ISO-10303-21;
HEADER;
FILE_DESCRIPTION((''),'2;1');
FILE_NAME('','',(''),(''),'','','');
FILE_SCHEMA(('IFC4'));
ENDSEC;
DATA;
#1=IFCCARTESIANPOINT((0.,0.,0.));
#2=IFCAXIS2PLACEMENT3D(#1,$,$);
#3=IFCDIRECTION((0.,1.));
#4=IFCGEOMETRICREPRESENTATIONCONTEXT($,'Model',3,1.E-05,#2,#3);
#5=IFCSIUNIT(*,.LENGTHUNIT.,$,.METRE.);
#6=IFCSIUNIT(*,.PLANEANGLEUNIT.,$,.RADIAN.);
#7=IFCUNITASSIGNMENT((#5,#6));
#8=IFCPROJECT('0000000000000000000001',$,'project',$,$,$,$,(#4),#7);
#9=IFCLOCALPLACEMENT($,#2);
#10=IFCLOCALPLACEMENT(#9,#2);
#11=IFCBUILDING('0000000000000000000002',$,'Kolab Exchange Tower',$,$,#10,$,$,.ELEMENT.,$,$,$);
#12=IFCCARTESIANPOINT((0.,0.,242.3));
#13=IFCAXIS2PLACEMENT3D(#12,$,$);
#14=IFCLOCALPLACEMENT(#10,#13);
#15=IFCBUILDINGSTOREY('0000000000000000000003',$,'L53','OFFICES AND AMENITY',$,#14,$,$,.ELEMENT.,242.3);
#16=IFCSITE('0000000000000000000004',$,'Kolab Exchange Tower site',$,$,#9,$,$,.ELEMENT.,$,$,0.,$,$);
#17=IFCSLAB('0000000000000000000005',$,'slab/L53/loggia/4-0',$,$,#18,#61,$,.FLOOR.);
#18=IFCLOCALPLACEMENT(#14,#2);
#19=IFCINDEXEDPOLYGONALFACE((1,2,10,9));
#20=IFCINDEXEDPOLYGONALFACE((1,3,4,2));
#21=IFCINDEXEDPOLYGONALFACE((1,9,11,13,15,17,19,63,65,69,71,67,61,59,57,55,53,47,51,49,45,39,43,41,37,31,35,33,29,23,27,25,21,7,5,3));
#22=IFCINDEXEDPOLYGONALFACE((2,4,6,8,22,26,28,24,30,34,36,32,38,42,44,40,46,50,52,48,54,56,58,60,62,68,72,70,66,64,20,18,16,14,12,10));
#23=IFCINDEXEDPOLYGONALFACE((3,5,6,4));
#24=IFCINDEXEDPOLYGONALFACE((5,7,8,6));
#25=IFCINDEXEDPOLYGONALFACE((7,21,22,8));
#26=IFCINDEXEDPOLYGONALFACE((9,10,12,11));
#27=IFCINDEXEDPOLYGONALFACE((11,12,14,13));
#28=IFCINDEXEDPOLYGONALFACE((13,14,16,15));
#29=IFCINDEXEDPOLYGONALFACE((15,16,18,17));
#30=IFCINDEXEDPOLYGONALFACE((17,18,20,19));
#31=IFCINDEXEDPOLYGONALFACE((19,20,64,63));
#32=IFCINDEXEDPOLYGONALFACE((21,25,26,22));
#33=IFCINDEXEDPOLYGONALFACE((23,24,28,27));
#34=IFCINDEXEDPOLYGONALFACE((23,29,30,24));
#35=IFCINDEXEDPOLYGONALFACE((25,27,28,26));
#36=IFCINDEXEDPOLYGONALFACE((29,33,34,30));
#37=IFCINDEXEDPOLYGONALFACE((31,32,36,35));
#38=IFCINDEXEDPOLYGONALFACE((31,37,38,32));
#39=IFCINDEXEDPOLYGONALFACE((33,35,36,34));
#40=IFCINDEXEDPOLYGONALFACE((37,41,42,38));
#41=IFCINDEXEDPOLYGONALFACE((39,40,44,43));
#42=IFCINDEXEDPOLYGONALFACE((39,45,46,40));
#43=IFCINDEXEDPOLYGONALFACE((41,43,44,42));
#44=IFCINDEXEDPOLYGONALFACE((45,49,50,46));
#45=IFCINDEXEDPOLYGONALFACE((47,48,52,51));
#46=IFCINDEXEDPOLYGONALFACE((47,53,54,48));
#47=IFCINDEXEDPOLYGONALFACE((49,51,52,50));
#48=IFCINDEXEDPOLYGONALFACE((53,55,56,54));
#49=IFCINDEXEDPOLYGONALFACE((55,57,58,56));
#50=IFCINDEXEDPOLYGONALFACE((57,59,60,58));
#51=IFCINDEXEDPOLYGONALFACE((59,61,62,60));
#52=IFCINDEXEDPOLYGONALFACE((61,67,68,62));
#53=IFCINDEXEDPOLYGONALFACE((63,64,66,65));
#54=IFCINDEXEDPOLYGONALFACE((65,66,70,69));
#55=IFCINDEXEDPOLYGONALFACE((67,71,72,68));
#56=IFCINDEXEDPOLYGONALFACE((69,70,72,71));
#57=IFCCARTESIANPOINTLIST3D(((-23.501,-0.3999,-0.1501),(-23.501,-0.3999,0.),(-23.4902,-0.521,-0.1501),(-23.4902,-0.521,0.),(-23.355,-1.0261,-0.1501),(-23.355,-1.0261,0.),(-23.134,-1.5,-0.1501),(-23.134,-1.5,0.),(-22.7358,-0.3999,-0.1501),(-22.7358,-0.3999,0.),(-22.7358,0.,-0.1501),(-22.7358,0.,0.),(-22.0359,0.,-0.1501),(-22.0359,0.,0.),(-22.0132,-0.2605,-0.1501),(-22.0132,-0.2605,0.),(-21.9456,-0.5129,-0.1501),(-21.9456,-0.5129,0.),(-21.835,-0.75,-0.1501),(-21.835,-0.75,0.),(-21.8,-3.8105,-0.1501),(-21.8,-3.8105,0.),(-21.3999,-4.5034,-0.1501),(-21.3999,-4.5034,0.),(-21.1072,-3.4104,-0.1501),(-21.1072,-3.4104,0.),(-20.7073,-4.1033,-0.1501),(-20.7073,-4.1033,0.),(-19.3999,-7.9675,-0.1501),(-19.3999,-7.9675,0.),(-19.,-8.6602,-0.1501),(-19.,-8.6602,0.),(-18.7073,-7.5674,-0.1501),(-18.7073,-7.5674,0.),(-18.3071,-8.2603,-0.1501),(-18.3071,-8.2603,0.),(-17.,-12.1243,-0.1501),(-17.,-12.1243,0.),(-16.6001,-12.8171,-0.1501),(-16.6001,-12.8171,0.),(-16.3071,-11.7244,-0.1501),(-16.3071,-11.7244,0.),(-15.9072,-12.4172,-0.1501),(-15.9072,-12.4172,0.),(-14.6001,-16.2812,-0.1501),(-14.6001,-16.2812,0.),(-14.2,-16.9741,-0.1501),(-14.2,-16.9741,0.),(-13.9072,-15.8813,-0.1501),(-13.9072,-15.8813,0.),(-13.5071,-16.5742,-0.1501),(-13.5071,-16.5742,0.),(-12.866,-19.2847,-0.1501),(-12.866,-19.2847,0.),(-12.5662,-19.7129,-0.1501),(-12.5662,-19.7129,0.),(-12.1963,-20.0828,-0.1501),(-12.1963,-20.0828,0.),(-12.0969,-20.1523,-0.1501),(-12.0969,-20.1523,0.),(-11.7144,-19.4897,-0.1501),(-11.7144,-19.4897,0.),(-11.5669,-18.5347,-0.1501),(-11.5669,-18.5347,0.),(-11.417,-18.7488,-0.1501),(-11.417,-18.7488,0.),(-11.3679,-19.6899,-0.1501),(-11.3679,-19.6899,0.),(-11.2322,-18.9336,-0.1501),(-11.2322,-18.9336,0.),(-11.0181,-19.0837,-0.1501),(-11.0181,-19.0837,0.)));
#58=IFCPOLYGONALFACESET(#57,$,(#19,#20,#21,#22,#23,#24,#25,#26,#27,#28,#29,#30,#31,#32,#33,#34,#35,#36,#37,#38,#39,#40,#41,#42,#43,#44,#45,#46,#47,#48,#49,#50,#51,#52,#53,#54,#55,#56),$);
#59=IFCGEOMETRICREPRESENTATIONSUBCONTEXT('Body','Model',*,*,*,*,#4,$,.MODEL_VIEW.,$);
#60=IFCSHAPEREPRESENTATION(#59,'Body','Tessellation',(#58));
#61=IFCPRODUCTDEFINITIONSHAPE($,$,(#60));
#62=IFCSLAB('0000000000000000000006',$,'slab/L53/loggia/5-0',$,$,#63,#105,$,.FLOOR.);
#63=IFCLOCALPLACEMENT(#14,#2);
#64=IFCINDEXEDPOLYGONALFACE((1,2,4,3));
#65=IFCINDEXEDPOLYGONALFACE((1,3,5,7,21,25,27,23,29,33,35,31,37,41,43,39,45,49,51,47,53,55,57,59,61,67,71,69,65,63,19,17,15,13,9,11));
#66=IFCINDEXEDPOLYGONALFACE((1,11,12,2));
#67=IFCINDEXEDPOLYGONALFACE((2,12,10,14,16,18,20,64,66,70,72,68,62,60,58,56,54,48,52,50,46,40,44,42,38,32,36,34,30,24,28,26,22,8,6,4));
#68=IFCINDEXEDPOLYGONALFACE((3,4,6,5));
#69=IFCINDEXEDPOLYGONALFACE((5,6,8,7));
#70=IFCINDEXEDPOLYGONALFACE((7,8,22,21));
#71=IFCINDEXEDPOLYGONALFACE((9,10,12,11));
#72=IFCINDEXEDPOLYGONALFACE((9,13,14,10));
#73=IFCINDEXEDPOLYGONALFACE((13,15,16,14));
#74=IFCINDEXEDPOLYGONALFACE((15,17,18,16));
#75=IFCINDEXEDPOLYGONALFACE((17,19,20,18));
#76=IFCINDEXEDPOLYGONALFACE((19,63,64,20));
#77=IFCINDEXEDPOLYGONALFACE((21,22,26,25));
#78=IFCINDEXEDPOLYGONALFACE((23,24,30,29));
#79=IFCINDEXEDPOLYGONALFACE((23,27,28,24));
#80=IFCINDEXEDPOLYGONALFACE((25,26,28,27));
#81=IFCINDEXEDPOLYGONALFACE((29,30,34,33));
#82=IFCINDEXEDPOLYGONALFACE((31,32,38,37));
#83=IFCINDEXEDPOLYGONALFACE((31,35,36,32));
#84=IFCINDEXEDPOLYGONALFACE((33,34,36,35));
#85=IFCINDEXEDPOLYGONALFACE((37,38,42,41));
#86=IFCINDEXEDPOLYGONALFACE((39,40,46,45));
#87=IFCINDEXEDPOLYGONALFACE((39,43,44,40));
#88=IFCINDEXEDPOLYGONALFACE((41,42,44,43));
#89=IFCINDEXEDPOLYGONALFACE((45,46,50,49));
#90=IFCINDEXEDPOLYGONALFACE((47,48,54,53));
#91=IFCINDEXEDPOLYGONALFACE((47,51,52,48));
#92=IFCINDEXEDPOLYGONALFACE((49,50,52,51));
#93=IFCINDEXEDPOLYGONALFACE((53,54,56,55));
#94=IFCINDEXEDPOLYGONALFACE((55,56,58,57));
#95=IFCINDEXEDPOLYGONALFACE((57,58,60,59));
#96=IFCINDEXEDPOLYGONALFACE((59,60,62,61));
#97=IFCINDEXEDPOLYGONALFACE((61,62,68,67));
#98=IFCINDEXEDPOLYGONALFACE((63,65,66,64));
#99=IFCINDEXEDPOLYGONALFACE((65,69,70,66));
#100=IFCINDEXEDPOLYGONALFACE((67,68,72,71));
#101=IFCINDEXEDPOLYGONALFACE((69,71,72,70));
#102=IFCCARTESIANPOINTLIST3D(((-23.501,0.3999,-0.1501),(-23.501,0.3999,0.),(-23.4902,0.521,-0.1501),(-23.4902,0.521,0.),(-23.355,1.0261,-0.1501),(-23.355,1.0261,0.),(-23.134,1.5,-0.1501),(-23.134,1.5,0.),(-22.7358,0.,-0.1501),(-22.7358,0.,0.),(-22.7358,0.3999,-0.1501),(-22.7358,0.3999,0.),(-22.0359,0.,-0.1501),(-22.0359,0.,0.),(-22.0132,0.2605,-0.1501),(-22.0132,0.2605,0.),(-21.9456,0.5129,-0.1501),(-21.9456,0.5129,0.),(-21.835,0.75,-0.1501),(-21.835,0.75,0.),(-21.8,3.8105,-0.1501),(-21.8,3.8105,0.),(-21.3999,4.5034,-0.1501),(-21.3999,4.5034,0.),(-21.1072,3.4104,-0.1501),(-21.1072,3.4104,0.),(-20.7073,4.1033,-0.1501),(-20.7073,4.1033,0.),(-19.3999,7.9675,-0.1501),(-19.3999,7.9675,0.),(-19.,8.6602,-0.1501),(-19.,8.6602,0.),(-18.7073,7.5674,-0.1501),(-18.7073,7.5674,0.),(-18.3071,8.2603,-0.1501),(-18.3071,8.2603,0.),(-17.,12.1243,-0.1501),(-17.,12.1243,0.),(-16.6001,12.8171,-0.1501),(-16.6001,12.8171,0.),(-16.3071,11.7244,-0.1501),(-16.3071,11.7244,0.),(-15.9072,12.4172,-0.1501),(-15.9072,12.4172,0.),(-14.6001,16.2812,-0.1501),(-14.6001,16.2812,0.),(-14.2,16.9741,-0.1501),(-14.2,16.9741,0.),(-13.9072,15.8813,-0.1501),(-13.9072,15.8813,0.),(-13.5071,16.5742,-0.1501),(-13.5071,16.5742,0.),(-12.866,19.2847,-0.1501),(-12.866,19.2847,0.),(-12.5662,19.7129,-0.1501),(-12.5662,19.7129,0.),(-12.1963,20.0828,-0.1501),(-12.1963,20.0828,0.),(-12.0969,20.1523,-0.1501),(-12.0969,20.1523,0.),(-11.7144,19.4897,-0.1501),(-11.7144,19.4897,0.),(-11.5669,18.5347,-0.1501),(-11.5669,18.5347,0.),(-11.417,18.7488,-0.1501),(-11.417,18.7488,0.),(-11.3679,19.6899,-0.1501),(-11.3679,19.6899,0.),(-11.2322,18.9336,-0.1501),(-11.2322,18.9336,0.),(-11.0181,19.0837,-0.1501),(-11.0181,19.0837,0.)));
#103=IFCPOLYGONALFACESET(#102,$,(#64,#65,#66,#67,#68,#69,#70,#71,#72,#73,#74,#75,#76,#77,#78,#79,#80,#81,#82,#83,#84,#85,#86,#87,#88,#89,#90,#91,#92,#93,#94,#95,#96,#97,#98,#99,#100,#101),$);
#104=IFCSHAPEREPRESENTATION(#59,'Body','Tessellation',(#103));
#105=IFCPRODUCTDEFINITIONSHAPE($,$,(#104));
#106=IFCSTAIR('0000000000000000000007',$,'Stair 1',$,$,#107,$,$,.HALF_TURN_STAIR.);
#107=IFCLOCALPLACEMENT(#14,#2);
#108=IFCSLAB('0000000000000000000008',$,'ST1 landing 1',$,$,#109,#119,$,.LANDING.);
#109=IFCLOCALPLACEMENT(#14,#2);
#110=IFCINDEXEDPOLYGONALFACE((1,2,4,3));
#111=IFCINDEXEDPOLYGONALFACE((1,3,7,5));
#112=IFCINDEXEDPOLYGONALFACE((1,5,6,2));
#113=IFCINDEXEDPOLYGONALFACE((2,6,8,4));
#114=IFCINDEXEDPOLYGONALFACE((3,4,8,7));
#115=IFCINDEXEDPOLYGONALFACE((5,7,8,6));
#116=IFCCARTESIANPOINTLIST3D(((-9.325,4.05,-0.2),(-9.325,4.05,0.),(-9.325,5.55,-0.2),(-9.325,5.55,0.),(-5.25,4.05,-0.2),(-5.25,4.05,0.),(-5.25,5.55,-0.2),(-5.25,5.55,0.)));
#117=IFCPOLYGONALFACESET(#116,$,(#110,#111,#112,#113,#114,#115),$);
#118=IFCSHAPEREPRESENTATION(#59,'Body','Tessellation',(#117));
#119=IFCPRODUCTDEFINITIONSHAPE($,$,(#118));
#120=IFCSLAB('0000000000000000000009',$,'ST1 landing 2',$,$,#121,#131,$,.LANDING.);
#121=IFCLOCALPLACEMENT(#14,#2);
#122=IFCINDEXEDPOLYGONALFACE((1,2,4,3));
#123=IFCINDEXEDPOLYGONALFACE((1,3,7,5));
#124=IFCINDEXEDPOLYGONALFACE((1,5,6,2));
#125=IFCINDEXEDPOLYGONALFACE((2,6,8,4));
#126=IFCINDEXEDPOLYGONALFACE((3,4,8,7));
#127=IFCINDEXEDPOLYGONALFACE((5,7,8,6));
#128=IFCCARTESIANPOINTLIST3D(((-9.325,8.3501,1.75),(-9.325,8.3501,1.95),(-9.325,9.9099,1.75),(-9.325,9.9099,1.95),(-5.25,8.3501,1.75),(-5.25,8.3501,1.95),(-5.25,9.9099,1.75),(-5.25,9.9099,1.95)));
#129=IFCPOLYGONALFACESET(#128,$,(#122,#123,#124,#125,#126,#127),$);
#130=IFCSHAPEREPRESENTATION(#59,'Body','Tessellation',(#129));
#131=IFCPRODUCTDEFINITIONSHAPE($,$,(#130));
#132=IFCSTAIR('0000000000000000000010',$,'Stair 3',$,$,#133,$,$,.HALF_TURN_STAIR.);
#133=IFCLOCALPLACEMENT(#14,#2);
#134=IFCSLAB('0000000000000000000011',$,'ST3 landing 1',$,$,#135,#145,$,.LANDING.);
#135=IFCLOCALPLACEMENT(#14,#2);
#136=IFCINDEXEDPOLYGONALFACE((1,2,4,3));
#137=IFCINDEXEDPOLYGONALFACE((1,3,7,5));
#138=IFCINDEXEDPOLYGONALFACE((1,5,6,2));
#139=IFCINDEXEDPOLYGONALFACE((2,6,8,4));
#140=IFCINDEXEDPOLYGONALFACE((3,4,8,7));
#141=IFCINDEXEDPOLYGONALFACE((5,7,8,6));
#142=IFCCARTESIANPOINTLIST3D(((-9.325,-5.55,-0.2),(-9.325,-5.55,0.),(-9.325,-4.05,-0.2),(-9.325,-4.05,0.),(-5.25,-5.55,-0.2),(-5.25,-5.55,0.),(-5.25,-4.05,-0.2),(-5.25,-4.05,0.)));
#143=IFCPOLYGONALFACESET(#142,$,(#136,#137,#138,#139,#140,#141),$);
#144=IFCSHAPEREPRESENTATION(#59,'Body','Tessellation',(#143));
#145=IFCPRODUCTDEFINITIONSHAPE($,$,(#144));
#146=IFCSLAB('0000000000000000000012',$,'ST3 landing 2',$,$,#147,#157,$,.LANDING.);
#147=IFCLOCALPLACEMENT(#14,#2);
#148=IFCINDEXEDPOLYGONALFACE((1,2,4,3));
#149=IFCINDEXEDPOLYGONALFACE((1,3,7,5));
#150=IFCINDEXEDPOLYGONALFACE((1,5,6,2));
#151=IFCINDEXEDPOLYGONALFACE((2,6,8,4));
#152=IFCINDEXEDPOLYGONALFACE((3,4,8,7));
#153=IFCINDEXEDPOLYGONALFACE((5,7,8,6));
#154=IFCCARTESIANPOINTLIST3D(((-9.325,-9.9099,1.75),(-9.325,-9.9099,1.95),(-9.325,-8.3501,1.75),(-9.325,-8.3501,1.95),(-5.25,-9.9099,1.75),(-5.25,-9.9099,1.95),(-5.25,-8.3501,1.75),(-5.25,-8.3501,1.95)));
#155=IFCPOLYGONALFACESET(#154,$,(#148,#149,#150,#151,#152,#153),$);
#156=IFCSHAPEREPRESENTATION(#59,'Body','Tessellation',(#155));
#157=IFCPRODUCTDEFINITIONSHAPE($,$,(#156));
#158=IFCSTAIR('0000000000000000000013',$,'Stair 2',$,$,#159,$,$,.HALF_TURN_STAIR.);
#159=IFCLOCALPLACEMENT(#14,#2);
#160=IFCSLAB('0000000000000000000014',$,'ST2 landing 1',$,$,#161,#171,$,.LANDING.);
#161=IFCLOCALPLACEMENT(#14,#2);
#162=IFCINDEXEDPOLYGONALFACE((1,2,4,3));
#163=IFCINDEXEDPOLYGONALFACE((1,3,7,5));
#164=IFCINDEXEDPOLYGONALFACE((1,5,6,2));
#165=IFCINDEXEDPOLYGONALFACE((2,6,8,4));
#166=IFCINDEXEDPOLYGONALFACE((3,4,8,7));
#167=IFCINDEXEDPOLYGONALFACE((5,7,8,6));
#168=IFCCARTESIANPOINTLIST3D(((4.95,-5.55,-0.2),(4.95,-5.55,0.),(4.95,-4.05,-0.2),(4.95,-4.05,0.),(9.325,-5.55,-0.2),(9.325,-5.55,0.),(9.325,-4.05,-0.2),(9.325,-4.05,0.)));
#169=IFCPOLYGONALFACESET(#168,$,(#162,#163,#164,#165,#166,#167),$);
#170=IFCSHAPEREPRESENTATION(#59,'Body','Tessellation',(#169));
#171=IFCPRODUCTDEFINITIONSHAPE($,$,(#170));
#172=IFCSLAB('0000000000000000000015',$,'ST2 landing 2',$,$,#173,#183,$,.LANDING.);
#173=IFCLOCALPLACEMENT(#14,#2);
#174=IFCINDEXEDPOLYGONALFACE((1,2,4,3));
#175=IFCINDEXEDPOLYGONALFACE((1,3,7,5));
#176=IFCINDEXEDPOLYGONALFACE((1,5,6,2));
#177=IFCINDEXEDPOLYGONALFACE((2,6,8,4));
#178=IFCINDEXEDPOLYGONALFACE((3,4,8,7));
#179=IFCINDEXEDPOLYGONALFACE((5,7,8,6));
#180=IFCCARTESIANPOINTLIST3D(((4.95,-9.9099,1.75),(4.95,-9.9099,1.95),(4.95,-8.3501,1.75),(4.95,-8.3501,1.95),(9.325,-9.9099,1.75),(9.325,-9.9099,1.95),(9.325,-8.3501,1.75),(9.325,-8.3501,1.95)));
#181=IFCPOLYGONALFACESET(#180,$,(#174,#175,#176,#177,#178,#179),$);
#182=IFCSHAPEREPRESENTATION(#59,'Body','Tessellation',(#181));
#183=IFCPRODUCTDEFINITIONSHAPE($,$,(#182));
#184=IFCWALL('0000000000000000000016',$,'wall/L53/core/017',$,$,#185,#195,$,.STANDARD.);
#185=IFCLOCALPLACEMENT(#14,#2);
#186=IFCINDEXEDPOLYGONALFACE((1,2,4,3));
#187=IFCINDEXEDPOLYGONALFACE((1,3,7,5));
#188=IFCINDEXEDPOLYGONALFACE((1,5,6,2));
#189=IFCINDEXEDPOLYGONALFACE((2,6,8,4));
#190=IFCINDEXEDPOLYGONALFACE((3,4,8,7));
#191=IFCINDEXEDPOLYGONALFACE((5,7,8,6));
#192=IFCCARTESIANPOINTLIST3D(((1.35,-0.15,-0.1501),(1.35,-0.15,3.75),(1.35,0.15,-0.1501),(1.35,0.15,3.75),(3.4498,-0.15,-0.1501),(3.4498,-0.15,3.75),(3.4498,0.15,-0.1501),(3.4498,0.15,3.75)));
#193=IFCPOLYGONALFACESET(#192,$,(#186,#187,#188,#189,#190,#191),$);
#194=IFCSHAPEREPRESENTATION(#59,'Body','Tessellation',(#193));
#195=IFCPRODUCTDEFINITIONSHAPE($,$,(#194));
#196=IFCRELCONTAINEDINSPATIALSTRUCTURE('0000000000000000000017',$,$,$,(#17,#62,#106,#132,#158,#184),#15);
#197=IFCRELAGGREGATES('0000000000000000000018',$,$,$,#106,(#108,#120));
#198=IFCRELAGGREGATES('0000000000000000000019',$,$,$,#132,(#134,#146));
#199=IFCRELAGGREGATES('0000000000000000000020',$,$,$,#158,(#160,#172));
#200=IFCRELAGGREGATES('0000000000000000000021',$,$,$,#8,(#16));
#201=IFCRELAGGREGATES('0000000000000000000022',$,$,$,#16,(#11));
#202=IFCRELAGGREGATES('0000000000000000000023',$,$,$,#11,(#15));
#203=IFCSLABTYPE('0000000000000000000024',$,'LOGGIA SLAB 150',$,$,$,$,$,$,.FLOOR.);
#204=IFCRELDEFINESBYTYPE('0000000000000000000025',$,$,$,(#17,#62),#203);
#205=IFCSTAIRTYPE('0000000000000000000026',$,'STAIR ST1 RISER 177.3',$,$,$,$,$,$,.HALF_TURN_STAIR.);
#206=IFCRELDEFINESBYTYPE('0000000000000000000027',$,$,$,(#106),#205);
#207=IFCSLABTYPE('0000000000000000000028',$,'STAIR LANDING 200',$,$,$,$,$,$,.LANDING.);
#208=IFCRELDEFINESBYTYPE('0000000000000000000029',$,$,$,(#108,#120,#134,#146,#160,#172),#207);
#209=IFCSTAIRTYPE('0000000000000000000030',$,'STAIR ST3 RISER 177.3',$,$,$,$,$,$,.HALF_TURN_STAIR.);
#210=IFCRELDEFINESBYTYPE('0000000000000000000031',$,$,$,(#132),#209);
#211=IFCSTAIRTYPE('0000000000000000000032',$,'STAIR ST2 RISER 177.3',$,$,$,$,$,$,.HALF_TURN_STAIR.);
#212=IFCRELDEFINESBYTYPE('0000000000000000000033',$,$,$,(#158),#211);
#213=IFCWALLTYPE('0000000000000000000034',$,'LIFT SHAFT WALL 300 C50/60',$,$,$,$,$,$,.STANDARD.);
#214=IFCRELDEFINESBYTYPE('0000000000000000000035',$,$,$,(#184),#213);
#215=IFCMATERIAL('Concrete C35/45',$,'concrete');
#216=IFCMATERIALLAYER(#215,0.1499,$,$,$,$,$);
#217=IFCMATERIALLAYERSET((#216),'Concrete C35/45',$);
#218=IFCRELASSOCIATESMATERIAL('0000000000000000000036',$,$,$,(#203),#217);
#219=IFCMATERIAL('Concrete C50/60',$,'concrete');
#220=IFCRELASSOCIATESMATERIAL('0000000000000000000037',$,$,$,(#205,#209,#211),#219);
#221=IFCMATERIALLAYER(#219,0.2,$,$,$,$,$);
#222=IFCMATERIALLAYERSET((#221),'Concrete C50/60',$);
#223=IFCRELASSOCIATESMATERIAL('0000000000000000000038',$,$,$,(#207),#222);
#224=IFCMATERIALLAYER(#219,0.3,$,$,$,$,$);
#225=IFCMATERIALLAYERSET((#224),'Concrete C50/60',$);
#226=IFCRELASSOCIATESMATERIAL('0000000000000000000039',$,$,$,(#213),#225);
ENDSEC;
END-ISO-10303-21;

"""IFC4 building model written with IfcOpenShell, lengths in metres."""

from ifc_helpers import new_model, si_unit, direction, frame, frame_2d, origin, place, context, subcontext, project, spatial, polyline, rectangle, outline, extrude, material, layer, layer_set, type_object, element, aggregate, save


model = new_model("IFC4")

# Units and contexts
model_context = context("Model", 3, precision=1e-05, world=origin(), true_north=direction((0.0, 1.0)))
body_context = subcontext(model_context, "Body", "Model", "MODEL_VIEW")
ifc_project = project(units=[si_unit("LENGTHUNIT", "METRE"), si_unit("PLANEANGLEUNIT", "RADIAN")], contexts=[model_context])

# Site, building, storey
site_placement = place(None, origin())
site = spatial("IfcSite", under=ifc_project, at=site_placement, Name="Kolab Exchange Tower site", CompositionType="ELEMENT", RefElevation=0.0)
building_placement = place(site_placement, origin())
building = spatial("IfcBuilding", under=site, at=building_placement, Name="Kolab Exchange Tower", CompositionType="ELEMENT")
storey_placement = place(building_placement, frame((0.0, 0.0, 242.3)))
storey = spatial("IfcBuildingStorey", under=building, at=storey_placement, Name="L53", Description="OFFICES AND AMENITY", CompositionType="ELEMENT", Elevation=242.3)

# Slabs
ifc_material_1 = material(Name="Concrete C35/45", Category="concrete")
ifc_layer_1 = layer(ifc_material_1, 0.1499)
ifc_layer_set_1 = layer_set([ifc_layer_1], Name="Concrete C35/45")
slab_type_1 = type_object("IfcSlabType", Name="LOGGIA SLAB 150", PredefinedType="FLOOR", material=ifc_layer_set_1)
slab_1_placement = place(storey_placement, frame((0.0, 0.0, -0.1501)))
element("IfcSlab", 1, at=slab_1_placement, inside=storey, type_object=slab_type_1, Name="slab/L53/loggia/4-0", PredefinedType="FLOOR", context=body_context, shape_type="SweptSolid", body=[
    extrude(outline(polyline([(-22.0359, 0.0), (-22.7358, 0.0), (-22.7358, -0.3999), (-23.501, -0.3999), (-23.4902, -0.521), (-23.355, -1.0261), (-23.134, -1.5), (-21.8, -3.8105), (-21.1072, -3.4104), (-20.7073, -4.1033), (-21.3999, -4.5034), (-19.3999, -7.9675), (-18.7073, -7.5674), (-18.3071, -8.2603), (-19.0, -8.6602), (-17.0, -12.1243), (-16.3071, -11.7244), (-15.9072, -12.4172), (-16.6001, -12.8171), (-14.6001, -16.2812), (-13.9072, -15.8813), (-13.5071, -16.5742), (-14.2, -16.9741), (-12.866, -19.2847), (-12.5662, -19.7129), (-12.1963, -20.0828), (-12.0969, -20.1523), (-11.7144, -19.4897), (-11.3679, -19.6899), (-11.0181, -19.0837), (-11.2322, -18.9336), (-11.417, -18.7488), (-11.5669, -18.5347), (-21.835, -0.75), (-21.9456, -0.5129), (-22.0132, -0.2605), (-22.0359, 0.0)])), origin(), (0.0, 0.0, 1.0), 0.1501),
])
slab_2_placement = place(storey_placement, frame((0.0, 0.0, -0.1501)))
element("IfcSlab", 2, at=slab_2_placement, inside=storey, type_object=slab_type_1, Name="slab/L53/loggia/5-0", PredefinedType="FLOOR", context=body_context, shape_type="SweptSolid", body=[
    extrude(outline(polyline([(-11.0181, 19.0837), (-11.3679, 19.6899), (-11.7144, 19.4897), (-12.0969, 20.1523), (-12.1963, 20.0828), (-12.5662, 19.7129), (-12.866, 19.2847), (-14.2, 16.9741), (-13.5071, 16.5742), (-13.9072, 15.8813), (-14.6001, 16.2812), (-16.6001, 12.8171), (-15.9072, 12.4172), (-16.3071, 11.7244), (-17.0, 12.1243), (-19.0, 8.6602), (-18.3071, 8.2603), (-18.7073, 7.5674), (-19.3999, 7.9675), (-21.3999, 4.5034), (-20.7073, 4.1033), (-21.1072, 3.4104), (-21.8, 3.8105), (-23.134, 1.5), (-23.355, 1.0261), (-23.4902, 0.521), (-23.501, 0.3999), (-22.7358, 0.3999), (-22.7358, 0.0), (-22.0359, 0.0), (-22.0132, 0.2605), (-21.9456, 0.5129), (-21.835, 0.75), (-11.5669, 18.5347), (-11.417, 18.7488), (-11.2322, 18.9336), (-11.0181, 19.0837)])), origin(), (0.0, 0.0, 1.0), 0.1501),
])

# Stairs, slabs
ifc_material_2 = material(Name="Concrete C50/60", Category="concrete")
stair_type_1 = type_object("IfcStairType", Name="STAIR ST1 RISER 177.3", PredefinedType="HALF_TURN_STAIR", material=ifc_material_2)
stair_1_placement = place(storey_placement, origin())
stair_1 = element("IfcStair", 3, at=stair_1_placement, inside=storey, type_object=stair_type_1, Name="Stair 1", PredefinedType="HALF_TURN_STAIR")
ifc_layer_2 = layer(ifc_material_2, 0.2)
ifc_layer_set_2 = layer_set([ifc_layer_2], Name="Concrete C50/60")
slab_type_2 = type_object("IfcSlabType", Name="STAIR LANDING 200", PredefinedType="LANDING", material=ifc_layer_set_2)
slab_3_placement = place(storey_placement, frame((0.0, 0.0, -0.2)))
slab_3 = element("IfcSlab", 4, at=slab_3_placement, type_object=slab_type_2, Name="ST1 landing 1", PredefinedType="LANDING", context=body_context, shape_type="SweptSolid", body=[
    extrude(outline(polyline([(-9.325, 4.05), (-5.25, 4.05), (-5.25, 5.55), (-9.325, 5.55), (-9.325, 4.05)])), origin(), (0.0, 0.0, 1.0), 0.2),
])
slab_4_placement = place(storey_placement, frame((0.0, 0.0, 1.75)))
slab_4 = element("IfcSlab", 5, at=slab_4_placement, type_object=slab_type_2, Name="ST1 landing 2", PredefinedType="LANDING", context=body_context, shape_type="SweptSolid", body=[
    extrude(outline(polyline([(-9.325, 8.3501), (-5.25, 8.3501), (-5.25, 9.9099), (-9.325, 9.9099), (-9.325, 8.3501)])), origin(), (0.0, 0.0, 1.0), 0.2),
])
aggregate(stair_1, [slab_3, slab_4])
stair_type_2 = type_object("IfcStairType", Name="STAIR ST3 RISER 177.3", PredefinedType="HALF_TURN_STAIR", material=ifc_material_2)
stair_2_placement = place(storey_placement, origin())
stair_2 = element("IfcStair", 6, at=stair_2_placement, inside=storey, type_object=stair_type_2, Name="Stair 3", PredefinedType="HALF_TURN_STAIR")
slab_5_placement = place(storey_placement, frame((0.0, 0.0, -0.2)))
slab_5 = element("IfcSlab", 7, at=slab_5_placement, type_object=slab_type_2, Name="ST3 landing 1", PredefinedType="LANDING", context=body_context, shape_type="SweptSolid", body=[
    extrude(outline(polyline([(-9.325, -5.55), (-5.25, -5.55), (-5.25, -4.05), (-9.325, -4.05), (-9.325, -5.55)])), origin(), (0.0, 0.0, 1.0), 0.2),
])
slab_6_placement = place(storey_placement, frame((0.0, 0.0, 1.75)))
slab_6 = element("IfcSlab", 8, at=slab_6_placement, type_object=slab_type_2, Name="ST3 landing 2", PredefinedType="LANDING", context=body_context, shape_type="SweptSolid", body=[
    extrude(outline(polyline([(-9.325, -9.9099), (-5.25, -9.9099), (-5.25, -8.3501), (-9.325, -8.3501), (-9.325, -9.9099)])), origin(), (0.0, 0.0, 1.0), 0.2),
])
aggregate(stair_2, [slab_5, slab_6])
stair_type_3 = type_object("IfcStairType", Name="STAIR ST2 RISER 177.3", PredefinedType="HALF_TURN_STAIR", material=ifc_material_2)
stair_3_placement = place(storey_placement, origin())
stair_3 = element("IfcStair", 9, at=stair_3_placement, inside=storey, type_object=stair_type_3, Name="Stair 2", PredefinedType="HALF_TURN_STAIR")
slab_7_placement = place(storey_placement, frame((0.0, 0.0, -0.2)))
slab_7 = element("IfcSlab", 10, at=slab_7_placement, type_object=slab_type_2, Name="ST2 landing 1", PredefinedType="LANDING", context=body_context, shape_type="SweptSolid", body=[
    extrude(outline(polyline([(4.95, -5.55), (9.325, -5.55), (9.325, -4.05), (4.95, -4.05), (4.95, -5.55)])), origin(), (0.0, 0.0, 1.0), 0.2),
])
slab_8_placement = place(storey_placement, frame((0.0, 0.0, 1.75)))
slab_8 = element("IfcSlab", 11, at=slab_8_placement, type_object=slab_type_2, Name="ST2 landing 2", PredefinedType="LANDING", context=body_context, shape_type="SweptSolid", body=[
    extrude(outline(polyline([(4.95, -9.9099), (9.325, -9.9099), (9.325, -8.3501), (4.95, -8.3501), (4.95, -9.9099)])), origin(), (0.0, 0.0, 1.0), 0.2),
])
aggregate(stair_3, [slab_7, slab_8])

# Wall
ifc_layer_3 = layer(ifc_material_2, 0.3)
ifc_layer_set_3 = layer_set([ifc_layer_3], Name="Concrete C50/60")
wall_type = type_object("IfcWallType", Name="LIFT SHAFT WALL 300 C50/60", PredefinedType="STANDARD", material=ifc_layer_set_3)
wall_1_placement = place(storey_placement, frame((1.3501, 0.0, -0.1501), z_axis=(0.0, 0.0, 1.0), x_axis=(1.0, 0.0, 0.0)))
element("IfcWall", 12, at=wall_1_placement, inside=storey, type_object=wall_type, Name="wall/L53/core/017", PredefinedType="STANDARD", context=body_context, shape_type="SweptSolid", body=[
    extrude(rectangle(XDim=2.0999, YDim=0.3, at=frame_2d((1.0498, 0.0))), origin(), (0.0, 0.0, 1.0), 3.9001),
])

save(model, "model.ifc")
